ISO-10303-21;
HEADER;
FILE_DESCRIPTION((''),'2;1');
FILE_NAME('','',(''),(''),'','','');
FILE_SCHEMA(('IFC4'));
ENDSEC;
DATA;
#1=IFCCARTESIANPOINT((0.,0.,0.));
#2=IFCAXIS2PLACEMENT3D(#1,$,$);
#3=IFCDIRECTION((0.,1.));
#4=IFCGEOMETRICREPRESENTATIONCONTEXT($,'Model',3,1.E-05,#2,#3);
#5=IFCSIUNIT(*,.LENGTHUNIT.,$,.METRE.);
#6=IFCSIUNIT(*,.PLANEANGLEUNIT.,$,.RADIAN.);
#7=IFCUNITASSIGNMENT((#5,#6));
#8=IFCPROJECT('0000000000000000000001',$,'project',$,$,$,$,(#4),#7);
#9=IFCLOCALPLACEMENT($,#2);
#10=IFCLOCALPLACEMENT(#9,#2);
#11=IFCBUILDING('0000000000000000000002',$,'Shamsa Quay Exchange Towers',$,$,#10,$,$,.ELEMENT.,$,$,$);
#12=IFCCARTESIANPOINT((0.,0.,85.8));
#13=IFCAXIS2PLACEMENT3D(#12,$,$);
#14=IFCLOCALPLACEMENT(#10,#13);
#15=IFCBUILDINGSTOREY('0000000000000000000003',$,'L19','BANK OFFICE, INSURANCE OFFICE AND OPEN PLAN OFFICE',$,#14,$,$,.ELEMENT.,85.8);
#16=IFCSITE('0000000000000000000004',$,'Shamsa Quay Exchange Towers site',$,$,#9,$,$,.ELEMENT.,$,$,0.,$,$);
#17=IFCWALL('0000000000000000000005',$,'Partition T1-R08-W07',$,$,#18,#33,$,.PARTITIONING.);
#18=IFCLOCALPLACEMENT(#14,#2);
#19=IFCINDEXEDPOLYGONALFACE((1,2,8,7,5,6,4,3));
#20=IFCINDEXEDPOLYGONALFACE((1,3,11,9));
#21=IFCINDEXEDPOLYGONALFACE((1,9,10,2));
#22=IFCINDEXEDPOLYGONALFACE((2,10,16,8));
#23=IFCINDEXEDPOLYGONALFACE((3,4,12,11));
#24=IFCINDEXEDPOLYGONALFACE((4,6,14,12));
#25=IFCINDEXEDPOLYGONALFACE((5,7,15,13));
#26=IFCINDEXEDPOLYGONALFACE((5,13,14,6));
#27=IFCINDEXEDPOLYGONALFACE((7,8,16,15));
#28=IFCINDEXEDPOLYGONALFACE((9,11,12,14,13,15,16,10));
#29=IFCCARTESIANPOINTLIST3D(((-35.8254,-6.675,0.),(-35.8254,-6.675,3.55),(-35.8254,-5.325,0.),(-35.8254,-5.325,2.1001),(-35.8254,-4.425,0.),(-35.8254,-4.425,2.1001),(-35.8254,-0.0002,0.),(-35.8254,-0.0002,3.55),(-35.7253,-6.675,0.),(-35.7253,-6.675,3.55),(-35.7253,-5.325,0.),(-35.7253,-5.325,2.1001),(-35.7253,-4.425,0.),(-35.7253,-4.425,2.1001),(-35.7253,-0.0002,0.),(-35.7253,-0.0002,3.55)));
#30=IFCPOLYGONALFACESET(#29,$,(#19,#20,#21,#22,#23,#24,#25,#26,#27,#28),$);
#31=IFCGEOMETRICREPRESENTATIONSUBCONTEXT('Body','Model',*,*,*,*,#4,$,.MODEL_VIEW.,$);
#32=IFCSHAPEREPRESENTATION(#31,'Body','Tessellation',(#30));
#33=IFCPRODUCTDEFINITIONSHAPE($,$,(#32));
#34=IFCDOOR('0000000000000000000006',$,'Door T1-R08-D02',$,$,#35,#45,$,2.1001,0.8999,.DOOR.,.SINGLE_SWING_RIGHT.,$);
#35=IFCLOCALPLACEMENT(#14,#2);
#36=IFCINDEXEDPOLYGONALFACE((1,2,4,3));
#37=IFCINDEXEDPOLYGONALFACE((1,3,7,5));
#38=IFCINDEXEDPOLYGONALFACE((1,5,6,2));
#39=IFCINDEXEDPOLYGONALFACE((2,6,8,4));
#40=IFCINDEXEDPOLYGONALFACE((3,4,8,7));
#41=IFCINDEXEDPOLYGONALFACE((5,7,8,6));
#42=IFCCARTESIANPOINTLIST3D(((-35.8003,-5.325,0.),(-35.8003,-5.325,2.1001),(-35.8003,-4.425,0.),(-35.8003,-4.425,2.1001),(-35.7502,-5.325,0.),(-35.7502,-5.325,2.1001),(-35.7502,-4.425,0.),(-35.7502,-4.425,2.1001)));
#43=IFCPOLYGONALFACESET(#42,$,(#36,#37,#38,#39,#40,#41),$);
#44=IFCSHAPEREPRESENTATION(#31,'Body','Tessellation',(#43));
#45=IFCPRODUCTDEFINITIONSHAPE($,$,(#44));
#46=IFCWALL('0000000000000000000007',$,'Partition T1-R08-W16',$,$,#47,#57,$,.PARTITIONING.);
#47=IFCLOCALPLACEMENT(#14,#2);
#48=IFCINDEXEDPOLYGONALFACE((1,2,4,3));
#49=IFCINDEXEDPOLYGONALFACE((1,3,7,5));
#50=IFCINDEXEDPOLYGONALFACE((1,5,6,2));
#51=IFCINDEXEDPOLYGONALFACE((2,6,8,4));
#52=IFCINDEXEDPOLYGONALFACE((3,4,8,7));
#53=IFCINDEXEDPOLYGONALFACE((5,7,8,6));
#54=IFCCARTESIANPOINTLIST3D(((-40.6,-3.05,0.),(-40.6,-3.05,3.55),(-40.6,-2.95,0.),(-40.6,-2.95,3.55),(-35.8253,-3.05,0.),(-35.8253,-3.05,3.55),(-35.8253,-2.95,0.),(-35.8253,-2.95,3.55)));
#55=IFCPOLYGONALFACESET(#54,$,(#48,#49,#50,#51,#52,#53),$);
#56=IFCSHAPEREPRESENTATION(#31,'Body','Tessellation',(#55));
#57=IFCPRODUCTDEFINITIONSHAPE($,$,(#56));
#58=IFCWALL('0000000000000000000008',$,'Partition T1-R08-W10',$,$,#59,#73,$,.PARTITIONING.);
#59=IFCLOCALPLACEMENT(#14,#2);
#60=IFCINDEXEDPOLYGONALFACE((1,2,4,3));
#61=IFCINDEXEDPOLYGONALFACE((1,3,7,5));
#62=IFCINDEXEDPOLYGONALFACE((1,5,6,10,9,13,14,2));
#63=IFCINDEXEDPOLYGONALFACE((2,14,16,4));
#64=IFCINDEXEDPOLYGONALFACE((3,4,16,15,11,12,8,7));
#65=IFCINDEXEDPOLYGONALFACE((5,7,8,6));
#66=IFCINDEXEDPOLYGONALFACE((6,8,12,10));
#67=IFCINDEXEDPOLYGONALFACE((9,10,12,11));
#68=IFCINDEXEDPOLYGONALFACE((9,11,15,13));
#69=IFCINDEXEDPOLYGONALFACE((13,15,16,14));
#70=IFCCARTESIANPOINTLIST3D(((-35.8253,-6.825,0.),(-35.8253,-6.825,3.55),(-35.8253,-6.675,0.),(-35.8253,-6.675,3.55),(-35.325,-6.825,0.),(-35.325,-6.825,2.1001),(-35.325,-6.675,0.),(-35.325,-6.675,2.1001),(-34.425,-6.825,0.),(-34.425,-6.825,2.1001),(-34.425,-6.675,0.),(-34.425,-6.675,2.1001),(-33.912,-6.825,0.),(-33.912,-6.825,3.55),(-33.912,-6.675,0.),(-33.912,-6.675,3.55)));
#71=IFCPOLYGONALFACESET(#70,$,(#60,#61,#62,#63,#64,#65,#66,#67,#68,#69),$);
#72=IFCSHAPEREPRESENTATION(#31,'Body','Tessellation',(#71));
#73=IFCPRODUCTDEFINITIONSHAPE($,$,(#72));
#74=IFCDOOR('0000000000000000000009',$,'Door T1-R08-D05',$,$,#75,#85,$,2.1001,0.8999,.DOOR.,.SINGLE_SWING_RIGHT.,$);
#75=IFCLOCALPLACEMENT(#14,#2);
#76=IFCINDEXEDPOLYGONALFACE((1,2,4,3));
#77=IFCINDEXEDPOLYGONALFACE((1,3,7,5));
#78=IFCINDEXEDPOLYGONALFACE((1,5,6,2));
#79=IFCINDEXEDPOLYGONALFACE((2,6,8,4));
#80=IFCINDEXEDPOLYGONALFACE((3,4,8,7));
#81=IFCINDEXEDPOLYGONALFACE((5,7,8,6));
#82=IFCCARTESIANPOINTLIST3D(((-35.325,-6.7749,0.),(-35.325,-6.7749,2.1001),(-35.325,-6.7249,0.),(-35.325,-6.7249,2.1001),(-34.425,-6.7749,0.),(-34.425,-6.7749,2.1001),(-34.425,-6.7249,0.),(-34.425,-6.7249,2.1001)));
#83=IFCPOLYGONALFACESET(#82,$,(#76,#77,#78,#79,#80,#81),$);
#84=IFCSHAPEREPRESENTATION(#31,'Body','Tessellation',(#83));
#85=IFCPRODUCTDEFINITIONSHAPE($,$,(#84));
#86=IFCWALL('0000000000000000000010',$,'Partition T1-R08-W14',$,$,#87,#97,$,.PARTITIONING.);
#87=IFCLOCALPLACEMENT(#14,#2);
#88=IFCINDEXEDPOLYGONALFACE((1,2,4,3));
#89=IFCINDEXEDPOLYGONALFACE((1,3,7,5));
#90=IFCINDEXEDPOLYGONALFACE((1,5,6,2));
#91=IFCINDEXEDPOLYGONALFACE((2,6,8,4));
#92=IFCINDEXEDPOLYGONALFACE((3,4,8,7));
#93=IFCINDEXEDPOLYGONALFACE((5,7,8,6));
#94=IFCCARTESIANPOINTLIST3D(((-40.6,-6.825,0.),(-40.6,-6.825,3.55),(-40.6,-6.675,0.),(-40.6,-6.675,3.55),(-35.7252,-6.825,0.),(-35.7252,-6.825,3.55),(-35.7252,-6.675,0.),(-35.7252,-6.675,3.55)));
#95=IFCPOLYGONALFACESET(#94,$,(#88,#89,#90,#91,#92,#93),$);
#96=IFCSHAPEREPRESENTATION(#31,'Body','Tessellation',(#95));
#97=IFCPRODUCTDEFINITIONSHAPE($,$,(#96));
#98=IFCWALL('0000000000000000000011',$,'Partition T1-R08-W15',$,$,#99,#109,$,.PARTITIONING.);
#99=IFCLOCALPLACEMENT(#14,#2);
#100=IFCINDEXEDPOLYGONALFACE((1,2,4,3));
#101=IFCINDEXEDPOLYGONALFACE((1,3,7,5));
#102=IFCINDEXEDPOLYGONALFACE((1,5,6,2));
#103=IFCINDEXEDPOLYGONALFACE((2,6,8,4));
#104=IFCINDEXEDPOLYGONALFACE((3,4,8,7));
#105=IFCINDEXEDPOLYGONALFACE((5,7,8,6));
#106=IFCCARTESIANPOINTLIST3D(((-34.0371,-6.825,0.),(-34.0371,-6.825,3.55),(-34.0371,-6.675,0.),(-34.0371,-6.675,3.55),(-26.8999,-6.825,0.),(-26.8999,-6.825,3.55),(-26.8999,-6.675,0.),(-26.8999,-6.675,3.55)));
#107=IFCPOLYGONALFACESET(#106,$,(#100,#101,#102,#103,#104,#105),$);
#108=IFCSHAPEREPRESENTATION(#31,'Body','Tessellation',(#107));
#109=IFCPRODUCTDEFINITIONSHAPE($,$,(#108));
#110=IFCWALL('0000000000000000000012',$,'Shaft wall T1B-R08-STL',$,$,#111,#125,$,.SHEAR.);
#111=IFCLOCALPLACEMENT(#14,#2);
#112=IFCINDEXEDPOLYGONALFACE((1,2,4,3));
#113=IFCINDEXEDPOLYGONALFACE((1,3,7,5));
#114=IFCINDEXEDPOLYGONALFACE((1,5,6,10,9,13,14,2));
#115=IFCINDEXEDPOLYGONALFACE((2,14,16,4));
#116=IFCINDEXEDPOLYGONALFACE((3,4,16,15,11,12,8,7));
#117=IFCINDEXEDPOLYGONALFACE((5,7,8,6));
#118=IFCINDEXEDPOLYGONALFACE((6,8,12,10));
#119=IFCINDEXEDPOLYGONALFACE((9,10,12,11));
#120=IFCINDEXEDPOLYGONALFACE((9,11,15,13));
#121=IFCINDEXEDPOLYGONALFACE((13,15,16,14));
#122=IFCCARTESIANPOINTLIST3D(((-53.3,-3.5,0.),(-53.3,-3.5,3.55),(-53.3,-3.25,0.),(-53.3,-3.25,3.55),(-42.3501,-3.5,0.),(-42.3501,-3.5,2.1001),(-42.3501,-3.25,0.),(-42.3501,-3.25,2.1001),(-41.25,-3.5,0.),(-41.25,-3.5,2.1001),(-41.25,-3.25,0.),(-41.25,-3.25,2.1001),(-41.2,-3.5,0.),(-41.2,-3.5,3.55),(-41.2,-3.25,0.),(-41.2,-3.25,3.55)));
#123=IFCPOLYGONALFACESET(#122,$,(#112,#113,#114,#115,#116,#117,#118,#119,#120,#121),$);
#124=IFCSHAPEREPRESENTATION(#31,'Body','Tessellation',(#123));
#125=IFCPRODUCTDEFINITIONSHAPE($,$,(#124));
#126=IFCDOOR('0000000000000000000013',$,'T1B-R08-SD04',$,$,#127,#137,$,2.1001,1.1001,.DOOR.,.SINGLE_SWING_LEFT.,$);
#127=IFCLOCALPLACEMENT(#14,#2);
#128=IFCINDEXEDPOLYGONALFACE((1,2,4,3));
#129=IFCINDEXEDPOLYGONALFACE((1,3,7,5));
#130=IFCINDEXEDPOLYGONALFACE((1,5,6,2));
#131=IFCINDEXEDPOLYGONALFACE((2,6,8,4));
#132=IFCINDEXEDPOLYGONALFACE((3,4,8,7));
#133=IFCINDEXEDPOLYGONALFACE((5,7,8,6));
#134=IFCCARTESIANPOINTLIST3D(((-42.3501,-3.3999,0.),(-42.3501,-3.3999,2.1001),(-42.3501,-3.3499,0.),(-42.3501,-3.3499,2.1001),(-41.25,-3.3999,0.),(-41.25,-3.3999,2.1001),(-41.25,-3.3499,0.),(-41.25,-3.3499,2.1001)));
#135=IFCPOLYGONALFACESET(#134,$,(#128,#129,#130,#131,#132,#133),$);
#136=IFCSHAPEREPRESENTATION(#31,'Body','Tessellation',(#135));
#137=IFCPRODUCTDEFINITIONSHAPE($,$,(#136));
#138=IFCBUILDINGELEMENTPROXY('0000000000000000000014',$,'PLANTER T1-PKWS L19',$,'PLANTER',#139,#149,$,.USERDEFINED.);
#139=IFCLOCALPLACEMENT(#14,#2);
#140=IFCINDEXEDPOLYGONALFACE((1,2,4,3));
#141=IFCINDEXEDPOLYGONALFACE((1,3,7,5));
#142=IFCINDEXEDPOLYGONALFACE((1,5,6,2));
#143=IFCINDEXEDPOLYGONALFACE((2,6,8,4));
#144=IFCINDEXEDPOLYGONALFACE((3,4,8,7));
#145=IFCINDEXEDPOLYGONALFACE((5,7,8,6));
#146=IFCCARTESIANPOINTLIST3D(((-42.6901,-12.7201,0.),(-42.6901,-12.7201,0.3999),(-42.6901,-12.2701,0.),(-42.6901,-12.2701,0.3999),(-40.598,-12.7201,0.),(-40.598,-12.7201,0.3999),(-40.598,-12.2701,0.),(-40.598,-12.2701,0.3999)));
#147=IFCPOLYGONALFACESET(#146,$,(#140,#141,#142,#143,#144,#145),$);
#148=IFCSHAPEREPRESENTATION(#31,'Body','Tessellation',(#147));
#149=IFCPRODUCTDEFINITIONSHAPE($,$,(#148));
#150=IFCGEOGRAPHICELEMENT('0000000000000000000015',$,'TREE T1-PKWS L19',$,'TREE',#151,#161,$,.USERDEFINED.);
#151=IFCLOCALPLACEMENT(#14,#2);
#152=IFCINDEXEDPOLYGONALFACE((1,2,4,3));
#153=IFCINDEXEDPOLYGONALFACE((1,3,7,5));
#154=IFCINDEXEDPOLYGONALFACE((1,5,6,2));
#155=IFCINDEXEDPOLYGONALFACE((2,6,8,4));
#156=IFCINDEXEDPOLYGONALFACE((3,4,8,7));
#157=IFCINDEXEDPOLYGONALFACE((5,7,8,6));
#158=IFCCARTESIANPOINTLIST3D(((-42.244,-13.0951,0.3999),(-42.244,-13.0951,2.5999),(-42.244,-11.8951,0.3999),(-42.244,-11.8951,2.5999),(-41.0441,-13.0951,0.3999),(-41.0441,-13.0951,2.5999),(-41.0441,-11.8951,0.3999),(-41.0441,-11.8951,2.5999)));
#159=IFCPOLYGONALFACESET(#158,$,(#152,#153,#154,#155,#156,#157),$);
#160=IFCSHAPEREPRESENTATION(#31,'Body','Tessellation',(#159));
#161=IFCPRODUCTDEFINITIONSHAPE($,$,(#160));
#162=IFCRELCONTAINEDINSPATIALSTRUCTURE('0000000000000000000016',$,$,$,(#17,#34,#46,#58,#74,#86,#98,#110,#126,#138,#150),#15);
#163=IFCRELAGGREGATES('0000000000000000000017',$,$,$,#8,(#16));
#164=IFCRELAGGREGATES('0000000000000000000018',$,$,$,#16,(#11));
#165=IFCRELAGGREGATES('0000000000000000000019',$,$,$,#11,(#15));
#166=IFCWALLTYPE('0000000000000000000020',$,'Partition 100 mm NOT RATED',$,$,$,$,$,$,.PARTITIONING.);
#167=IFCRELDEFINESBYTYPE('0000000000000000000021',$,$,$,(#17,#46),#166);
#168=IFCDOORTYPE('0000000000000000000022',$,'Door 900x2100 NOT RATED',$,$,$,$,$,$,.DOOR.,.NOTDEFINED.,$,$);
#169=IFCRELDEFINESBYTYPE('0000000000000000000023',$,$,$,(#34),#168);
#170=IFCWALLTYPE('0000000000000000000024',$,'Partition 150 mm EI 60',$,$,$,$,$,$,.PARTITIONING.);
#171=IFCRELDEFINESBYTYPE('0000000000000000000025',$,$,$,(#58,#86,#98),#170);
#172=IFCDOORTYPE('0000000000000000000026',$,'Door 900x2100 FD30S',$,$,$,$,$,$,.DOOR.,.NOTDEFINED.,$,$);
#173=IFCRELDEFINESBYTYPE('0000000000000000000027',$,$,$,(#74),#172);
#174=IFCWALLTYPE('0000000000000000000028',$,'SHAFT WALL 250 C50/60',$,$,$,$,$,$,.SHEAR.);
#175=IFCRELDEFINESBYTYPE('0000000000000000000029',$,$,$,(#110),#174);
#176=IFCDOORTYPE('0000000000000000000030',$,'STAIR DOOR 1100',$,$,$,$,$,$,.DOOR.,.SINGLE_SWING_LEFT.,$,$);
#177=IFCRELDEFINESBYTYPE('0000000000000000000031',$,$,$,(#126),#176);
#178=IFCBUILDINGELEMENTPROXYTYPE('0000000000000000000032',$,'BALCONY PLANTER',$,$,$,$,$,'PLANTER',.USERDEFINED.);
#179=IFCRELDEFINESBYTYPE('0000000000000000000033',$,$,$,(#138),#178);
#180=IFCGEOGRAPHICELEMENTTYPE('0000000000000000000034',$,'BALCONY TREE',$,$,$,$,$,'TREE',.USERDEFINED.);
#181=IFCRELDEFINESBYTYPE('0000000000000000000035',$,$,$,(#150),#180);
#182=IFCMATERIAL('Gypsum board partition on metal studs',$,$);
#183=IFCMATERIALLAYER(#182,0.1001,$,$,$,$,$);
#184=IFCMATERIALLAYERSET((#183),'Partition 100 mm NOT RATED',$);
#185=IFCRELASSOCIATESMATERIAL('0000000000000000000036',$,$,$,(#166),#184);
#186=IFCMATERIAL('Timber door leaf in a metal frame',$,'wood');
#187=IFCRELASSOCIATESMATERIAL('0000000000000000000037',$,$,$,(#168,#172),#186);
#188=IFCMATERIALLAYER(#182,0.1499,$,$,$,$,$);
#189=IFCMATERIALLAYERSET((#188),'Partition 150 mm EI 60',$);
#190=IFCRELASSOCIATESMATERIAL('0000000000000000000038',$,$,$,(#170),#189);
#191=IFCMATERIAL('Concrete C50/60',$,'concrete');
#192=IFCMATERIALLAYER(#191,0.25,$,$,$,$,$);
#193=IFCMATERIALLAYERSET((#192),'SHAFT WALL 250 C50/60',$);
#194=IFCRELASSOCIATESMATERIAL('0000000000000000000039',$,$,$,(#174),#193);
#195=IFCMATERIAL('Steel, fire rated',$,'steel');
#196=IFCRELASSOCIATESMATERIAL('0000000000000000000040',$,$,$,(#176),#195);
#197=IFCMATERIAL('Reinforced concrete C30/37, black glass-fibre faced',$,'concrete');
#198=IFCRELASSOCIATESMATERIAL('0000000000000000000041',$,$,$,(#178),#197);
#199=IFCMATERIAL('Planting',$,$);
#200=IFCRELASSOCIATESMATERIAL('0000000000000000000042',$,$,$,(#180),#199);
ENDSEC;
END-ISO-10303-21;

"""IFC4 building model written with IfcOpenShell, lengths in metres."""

from ifc_helpers import new_model, si_unit, direction, frame, frame_2d, origin, origin_2d, place, context, subcontext, project, spatial, rectangle, extrude, material, layer, layer_set, type_object, element, fill, save


model = new_model("IFC4")

# Units and contexts
model_context = context("Model", 3, precision=1e-05, world=origin(), true_north=direction((0.0, 1.0)))
body_context = subcontext(model_context, "Body", "Model", "MODEL_VIEW")
ifc_project = project(units=[si_unit("LENGTHUNIT", "METRE"), si_unit("PLANEANGLEUNIT", "RADIAN")], contexts=[model_context])

# Site, building, storey
site_placement = place(None, origin())
site = spatial("IfcSite", under=ifc_project, at=site_placement, Name="Shamsa Quay Exchange Towers site", CompositionType="ELEMENT", RefElevation=0.0)
building_placement = place(site_placement, origin())
building = spatial("IfcBuilding", under=site, at=building_placement, Name="Shamsa Quay Exchange Towers", CompositionType="ELEMENT")
storey_placement = place(building_placement, frame((0.0, 0.0, 85.8)))
storey = spatial("IfcBuildingStorey", under=building, at=storey_placement, Name="L19", Description="BANK OFFICE, INSURANCE OFFICE AND OPEN PLAN OFFICE", CompositionType="ELEMENT", Elevation=85.8)

# Wall, opening, door
ifc_material_1 = material(Name="Steel, fire rated", Category="steel")
ifc_material_2 = material(Name="Gypsum board partition on metal studs")
ifc_layer_1 = layer(ifc_material_2, 0.1001)
ifc_layer_set_1 = layer_set([ifc_layer_1], Name="Partition 100 mm NOT RATED")
wall_type_1 = type_object("IfcWallType", Name="Partition 100 mm NOT RATED", PredefinedType="PARTITIONING", material=ifc_layer_set_1)
wall_1_placement = place(storey_placement, frame((-35.7754, -6.675, 0.0), z_axis=(0.0, 0.0, 1.0), x_axis=(0.0, 1.0, 0.0)))
wall_1 = element("IfcWall", 1, at=wall_1_placement, inside=storey, type_object=wall_type_1, Name="Partition T1-R08-W07", PredefinedType="PARTITIONING", context=body_context, shape_type="SweptSolid", body=[
    extrude(rectangle(XDim=6.6748, YDim=0.1001, at=frame_2d((3.3374, 0.0))), origin(), (0.0, 0.0, 1.0), 3.55),
])
opening_1_placement = place(wall_1_placement, frame((1.3501, 0.0, 0.0)))
opening_1 = element("IfcOpeningElement", 2, at=opening_1_placement, cuts=wall_1, PredefinedType="OPENING", context=body_context, shape_type="SweptSolid", body=[
    extrude(rectangle(XDim=0.8999, YDim=2.1001, at=frame_2d((0.45, 1.05))), frame((0.0, 0.0601, 0.0), z_axis=(0.0, -1.0, 0.0), x_axis=(1.0, 0.0, 0.0)), (0.0, 0.0, 1.0), 0.1201),
])
ifc_material_3 = material(Name="Timber door leaf in a metal frame", Category="wood")
door_type_1 = type_object("IfcDoorType", Name="Door 900x2100 NOT RATED", OperationType="NOTDEFINED", PredefinedType="DOOR", material=ifc_material_3)
door_1_placement = place(opening_1_placement, origin())
door_1 = element("IfcDoor", 3, at=door_1_placement, inside=storey, type_object=door_type_1, Name="Door T1-R08-D02", OperationType="SINGLE_SWING_RIGHT", OverallHeight=2.1001, OverallWidth=0.8999, PredefinedType="DOOR", context=body_context, shape_type="SweptSolid", body=[
    extrude(rectangle(XDim=0.8999, YDim=2.1001, at=frame_2d((0.45, 1.05))), frame((0.0, 0.0249, 0.0), z_axis=(0.0, -1.0, 0.0), x_axis=(1.0, 0.0, 0.0)), (0.0, 0.0, 1.0), 0.05),
])
fill(opening_1, door_1)

# Wall
wall_2_placement = place(storey_placement, frame((-35.8254, -3.0, 0.0), z_axis=(0.0, 0.0, 1.0), x_axis=(-1.0, 0.0, 0.0)))
element("IfcWall", 4, at=wall_2_placement, inside=storey, type_object=wall_type_1, Name="Partition T1-R08-W16", PredefinedType="PARTITIONING", context=body_context, shape_type="SweptSolid", body=[
    extrude(rectangle(XDim=4.7747, YDim=0.1001, at=frame_2d((2.3872, 0.0))), origin(), (0.0, 0.0, 1.0), 3.55),
])

# Wall, opening, door
ifc_layer_2 = layer(ifc_material_2, 0.1499)
ifc_layer_set_2 = layer_set([ifc_layer_2], Name="Partition 150 mm EI 60")
wall_type_2 = type_object("IfcWallType", Name="Partition 150 mm EI 60", PredefinedType="PARTITIONING", material=ifc_layer_set_2)
wall_3_placement = place(storey_placement, frame((-33.9121, -6.75, 0.0), z_axis=(0.0, 0.0, 1.0), x_axis=(-1.0, 0.0, 0.0)))
wall_3 = element("IfcWall", 5, at=wall_3_placement, inside=storey, type_object=wall_type_2, Name="Partition T1-R08-W10", PredefinedType="PARTITIONING", context=body_context, shape_type="SweptSolid", body=[
    extrude(rectangle(XDim=1.9133, YDim=0.1499, at=frame_2d((0.9565, 0.0))), origin(), (0.0, 0.0, 1.0), 3.55),
])
opening_2_placement = place(wall_3_placement, frame((0.5129, 0.0, 0.0)))
opening_2 = element("IfcOpeningElement", 6, at=opening_2_placement, cuts=wall_3, PredefinedType="OPENING", context=body_context, shape_type="SweptSolid", body=[
    extrude(rectangle(XDim=0.8999, YDim=2.1001, at=frame_2d((0.45, 1.05))), frame((0.0, 0.085, 0.0), z_axis=(0.0, -1.0, 0.0), x_axis=(1.0, 0.0, 0.0)), (0.0, 0.0, 1.0), 0.1699),
])
door_type_2 = type_object("IfcDoorType", Name="Door 900x2100 FD30S", OperationType="NOTDEFINED", PredefinedType="DOOR", material=ifc_material_3)
door_2_placement = place(opening_2_placement, origin())
door_2 = element("IfcDoor", 7, at=door_2_placement, inside=storey, type_object=door_type_2, Name="Door T1-R08-D05", OperationType="SINGLE_SWING_RIGHT", OverallHeight=2.1001, OverallWidth=0.8999, PredefinedType="DOOR", context=body_context, shape_type="SweptSolid", body=[
    extrude(rectangle(XDim=0.8999, YDim=2.1001, at=frame_2d((0.45, 1.05))), frame((0.0, 0.0249, 0.0), z_axis=(0.0, -1.0, 0.0), x_axis=(1.0, 0.0, 0.0)), (0.0, 0.0, 1.0), 0.05),
])
fill(opening_2, door_2)

# Walls
wall_4_placement = place(storey_placement, frame((-40.6001, -6.75, 0.0)))
element("IfcWall", 8, at=wall_4_placement, inside=storey, type_object=wall_type_2, Name="Partition T1-R08-W14", PredefinedType="PARTITIONING", context=body_context, shape_type="SweptSolid", body=[
    extrude(rectangle(XDim=4.8748, YDim=0.1499, at=frame_2d((2.4375, 0.0))), origin(), (0.0, 0.0, 1.0), 3.55),
])
wall_5_placement = place(storey_placement, frame((-34.0371, -6.75, 0.0)))
element("IfcWall", 9, at=wall_5_placement, inside=storey, type_object=wall_type_2, Name="Partition T1-R08-W15", PredefinedType="PARTITIONING", context=body_context, shape_type="SweptSolid", body=[
    extrude(rectangle(XDim=7.1372, YDim=0.1499, at=frame_2d((3.5686, 0.0))), origin(), (0.0, 0.0, 1.0), 3.55),
])

# Wall, opening, door
ifc_material_4 = material(Name="Concrete C50/60", Category="concrete")
ifc_layer_3 = layer(ifc_material_4, 0.25)
ifc_layer_set_3 = layer_set([ifc_layer_3], Name="SHAFT WALL 250 C50/60")
wall_type_3 = type_object("IfcWallType", Name="SHAFT WALL 250 C50/60", PredefinedType="SHEAR", material=ifc_layer_set_3)
wall_6_placement = place(storey_placement, frame((-41.2, -3.375, 0.0), z_axis=(0.0, 0.0, 1.0), x_axis=(-1.0, 0.0, 0.0)))
wall_6 = element("IfcWall", 10, at=wall_6_placement, inside=storey, type_object=wall_type_3, Name="Shaft wall T1B-R08-STL", PredefinedType="SHEAR", context=body_context, shape_type="SweptSolid", body=[
    extrude(rectangle(XDim=12.1001, YDim=0.25, at=frame_2d((6.05, 0.0))), origin(), (0.0, 0.0, 1.0), 3.55),
])
opening_3_placement = place(wall_6_placement, frame((0.05, 0.0, 0.0)))
opening_3 = element("IfcOpeningElement", 11, at=opening_3_placement, cuts=wall_6, PredefinedType="OPENING", context=body_context, shape_type="SweptSolid", body=[
    extrude(rectangle(XDim=1.1001, YDim=2.1001, at=frame_2d((0.55, 1.05))), frame((0.0, 0.135, 0.0), z_axis=(0.0, -1.0, 0.0), x_axis=(1.0, 0.0, 0.0)), (0.0, 0.0, 1.0), 0.27),
])
door_type_3 = type_object("IfcDoorType", Name="STAIR DOOR 1100", OperationType="SINGLE_SWING_LEFT", PredefinedType="DOOR", material=ifc_material_1)
door_3_placement = place(opening_3_placement, origin())
door_3 = element("IfcDoor", 12, at=door_3_placement, inside=storey, type_object=door_type_3, Name="T1B-R08-SD04", OperationType="SINGLE_SWING_LEFT", OverallHeight=2.1001, OverallWidth=1.1001, PredefinedType="DOOR", context=body_context, shape_type="SweptSolid", body=[
    extrude(rectangle(XDim=1.1001, YDim=2.1001, at=frame_2d((0.55, 1.05))), frame((0.0, 0.0249, 0.0), z_axis=(0.0, -1.0, 0.0), x_axis=(1.0, 0.0, 0.0)), (0.0, 0.0, 1.0), 0.05),
])
fill(opening_3, door_3)

# Building element proxy
ifc_material_5 = material(Name="Reinforced concrete C30/37, black glass-fibre faced", Category="concrete")
building_element_proxy_type = type_object("IfcBuildingElementProxyType", Name="BALCONY PLANTER", ElementType="PLANTER", PredefinedType="USERDEFINED", material=ifc_material_5)
proxy_placement = place(storey_placement, frame((-41.644, -12.4951, 0.0)))
element("IfcBuildingElementProxy", 13, at=proxy_placement, inside=storey, type_object=building_element_proxy_type, Name="PLANTER T1-PKWS L19", ObjectType="PLANTER", PredefinedType="USERDEFINED", context=body_context, shape_type="SweptSolid", body=[
    extrude(rectangle(XDim=2.092, YDim=0.45, at=origin_2d()), origin(), (0.0, 0.0, 1.0), 0.3999),
])

# Geographic element
ifc_material_6 = material(Name="Planting")
geographic_element_type = type_object("IfcGeographicElementType", Name="BALCONY TREE", ElementType="TREE", PredefinedType="USERDEFINED", material=ifc_material_6)
geographic_element_placement = place(storey_placement, frame((-41.644, -12.4951, 0.3999)))
element("IfcGeographicElement", 14, at=geographic_element_placement, inside=storey, type_object=geographic_element_type, Name="TREE T1-PKWS L19", ObjectType="TREE", PredefinedType="USERDEFINED", context=body_context, shape_type="SweptSolid", body=[
    extrude(rectangle(XDim=1.2, YDim=1.2, at=origin_2d()), origin(), (0.0, 0.0, 1.0), 2.2),
])

save(model, "model.ifc")
